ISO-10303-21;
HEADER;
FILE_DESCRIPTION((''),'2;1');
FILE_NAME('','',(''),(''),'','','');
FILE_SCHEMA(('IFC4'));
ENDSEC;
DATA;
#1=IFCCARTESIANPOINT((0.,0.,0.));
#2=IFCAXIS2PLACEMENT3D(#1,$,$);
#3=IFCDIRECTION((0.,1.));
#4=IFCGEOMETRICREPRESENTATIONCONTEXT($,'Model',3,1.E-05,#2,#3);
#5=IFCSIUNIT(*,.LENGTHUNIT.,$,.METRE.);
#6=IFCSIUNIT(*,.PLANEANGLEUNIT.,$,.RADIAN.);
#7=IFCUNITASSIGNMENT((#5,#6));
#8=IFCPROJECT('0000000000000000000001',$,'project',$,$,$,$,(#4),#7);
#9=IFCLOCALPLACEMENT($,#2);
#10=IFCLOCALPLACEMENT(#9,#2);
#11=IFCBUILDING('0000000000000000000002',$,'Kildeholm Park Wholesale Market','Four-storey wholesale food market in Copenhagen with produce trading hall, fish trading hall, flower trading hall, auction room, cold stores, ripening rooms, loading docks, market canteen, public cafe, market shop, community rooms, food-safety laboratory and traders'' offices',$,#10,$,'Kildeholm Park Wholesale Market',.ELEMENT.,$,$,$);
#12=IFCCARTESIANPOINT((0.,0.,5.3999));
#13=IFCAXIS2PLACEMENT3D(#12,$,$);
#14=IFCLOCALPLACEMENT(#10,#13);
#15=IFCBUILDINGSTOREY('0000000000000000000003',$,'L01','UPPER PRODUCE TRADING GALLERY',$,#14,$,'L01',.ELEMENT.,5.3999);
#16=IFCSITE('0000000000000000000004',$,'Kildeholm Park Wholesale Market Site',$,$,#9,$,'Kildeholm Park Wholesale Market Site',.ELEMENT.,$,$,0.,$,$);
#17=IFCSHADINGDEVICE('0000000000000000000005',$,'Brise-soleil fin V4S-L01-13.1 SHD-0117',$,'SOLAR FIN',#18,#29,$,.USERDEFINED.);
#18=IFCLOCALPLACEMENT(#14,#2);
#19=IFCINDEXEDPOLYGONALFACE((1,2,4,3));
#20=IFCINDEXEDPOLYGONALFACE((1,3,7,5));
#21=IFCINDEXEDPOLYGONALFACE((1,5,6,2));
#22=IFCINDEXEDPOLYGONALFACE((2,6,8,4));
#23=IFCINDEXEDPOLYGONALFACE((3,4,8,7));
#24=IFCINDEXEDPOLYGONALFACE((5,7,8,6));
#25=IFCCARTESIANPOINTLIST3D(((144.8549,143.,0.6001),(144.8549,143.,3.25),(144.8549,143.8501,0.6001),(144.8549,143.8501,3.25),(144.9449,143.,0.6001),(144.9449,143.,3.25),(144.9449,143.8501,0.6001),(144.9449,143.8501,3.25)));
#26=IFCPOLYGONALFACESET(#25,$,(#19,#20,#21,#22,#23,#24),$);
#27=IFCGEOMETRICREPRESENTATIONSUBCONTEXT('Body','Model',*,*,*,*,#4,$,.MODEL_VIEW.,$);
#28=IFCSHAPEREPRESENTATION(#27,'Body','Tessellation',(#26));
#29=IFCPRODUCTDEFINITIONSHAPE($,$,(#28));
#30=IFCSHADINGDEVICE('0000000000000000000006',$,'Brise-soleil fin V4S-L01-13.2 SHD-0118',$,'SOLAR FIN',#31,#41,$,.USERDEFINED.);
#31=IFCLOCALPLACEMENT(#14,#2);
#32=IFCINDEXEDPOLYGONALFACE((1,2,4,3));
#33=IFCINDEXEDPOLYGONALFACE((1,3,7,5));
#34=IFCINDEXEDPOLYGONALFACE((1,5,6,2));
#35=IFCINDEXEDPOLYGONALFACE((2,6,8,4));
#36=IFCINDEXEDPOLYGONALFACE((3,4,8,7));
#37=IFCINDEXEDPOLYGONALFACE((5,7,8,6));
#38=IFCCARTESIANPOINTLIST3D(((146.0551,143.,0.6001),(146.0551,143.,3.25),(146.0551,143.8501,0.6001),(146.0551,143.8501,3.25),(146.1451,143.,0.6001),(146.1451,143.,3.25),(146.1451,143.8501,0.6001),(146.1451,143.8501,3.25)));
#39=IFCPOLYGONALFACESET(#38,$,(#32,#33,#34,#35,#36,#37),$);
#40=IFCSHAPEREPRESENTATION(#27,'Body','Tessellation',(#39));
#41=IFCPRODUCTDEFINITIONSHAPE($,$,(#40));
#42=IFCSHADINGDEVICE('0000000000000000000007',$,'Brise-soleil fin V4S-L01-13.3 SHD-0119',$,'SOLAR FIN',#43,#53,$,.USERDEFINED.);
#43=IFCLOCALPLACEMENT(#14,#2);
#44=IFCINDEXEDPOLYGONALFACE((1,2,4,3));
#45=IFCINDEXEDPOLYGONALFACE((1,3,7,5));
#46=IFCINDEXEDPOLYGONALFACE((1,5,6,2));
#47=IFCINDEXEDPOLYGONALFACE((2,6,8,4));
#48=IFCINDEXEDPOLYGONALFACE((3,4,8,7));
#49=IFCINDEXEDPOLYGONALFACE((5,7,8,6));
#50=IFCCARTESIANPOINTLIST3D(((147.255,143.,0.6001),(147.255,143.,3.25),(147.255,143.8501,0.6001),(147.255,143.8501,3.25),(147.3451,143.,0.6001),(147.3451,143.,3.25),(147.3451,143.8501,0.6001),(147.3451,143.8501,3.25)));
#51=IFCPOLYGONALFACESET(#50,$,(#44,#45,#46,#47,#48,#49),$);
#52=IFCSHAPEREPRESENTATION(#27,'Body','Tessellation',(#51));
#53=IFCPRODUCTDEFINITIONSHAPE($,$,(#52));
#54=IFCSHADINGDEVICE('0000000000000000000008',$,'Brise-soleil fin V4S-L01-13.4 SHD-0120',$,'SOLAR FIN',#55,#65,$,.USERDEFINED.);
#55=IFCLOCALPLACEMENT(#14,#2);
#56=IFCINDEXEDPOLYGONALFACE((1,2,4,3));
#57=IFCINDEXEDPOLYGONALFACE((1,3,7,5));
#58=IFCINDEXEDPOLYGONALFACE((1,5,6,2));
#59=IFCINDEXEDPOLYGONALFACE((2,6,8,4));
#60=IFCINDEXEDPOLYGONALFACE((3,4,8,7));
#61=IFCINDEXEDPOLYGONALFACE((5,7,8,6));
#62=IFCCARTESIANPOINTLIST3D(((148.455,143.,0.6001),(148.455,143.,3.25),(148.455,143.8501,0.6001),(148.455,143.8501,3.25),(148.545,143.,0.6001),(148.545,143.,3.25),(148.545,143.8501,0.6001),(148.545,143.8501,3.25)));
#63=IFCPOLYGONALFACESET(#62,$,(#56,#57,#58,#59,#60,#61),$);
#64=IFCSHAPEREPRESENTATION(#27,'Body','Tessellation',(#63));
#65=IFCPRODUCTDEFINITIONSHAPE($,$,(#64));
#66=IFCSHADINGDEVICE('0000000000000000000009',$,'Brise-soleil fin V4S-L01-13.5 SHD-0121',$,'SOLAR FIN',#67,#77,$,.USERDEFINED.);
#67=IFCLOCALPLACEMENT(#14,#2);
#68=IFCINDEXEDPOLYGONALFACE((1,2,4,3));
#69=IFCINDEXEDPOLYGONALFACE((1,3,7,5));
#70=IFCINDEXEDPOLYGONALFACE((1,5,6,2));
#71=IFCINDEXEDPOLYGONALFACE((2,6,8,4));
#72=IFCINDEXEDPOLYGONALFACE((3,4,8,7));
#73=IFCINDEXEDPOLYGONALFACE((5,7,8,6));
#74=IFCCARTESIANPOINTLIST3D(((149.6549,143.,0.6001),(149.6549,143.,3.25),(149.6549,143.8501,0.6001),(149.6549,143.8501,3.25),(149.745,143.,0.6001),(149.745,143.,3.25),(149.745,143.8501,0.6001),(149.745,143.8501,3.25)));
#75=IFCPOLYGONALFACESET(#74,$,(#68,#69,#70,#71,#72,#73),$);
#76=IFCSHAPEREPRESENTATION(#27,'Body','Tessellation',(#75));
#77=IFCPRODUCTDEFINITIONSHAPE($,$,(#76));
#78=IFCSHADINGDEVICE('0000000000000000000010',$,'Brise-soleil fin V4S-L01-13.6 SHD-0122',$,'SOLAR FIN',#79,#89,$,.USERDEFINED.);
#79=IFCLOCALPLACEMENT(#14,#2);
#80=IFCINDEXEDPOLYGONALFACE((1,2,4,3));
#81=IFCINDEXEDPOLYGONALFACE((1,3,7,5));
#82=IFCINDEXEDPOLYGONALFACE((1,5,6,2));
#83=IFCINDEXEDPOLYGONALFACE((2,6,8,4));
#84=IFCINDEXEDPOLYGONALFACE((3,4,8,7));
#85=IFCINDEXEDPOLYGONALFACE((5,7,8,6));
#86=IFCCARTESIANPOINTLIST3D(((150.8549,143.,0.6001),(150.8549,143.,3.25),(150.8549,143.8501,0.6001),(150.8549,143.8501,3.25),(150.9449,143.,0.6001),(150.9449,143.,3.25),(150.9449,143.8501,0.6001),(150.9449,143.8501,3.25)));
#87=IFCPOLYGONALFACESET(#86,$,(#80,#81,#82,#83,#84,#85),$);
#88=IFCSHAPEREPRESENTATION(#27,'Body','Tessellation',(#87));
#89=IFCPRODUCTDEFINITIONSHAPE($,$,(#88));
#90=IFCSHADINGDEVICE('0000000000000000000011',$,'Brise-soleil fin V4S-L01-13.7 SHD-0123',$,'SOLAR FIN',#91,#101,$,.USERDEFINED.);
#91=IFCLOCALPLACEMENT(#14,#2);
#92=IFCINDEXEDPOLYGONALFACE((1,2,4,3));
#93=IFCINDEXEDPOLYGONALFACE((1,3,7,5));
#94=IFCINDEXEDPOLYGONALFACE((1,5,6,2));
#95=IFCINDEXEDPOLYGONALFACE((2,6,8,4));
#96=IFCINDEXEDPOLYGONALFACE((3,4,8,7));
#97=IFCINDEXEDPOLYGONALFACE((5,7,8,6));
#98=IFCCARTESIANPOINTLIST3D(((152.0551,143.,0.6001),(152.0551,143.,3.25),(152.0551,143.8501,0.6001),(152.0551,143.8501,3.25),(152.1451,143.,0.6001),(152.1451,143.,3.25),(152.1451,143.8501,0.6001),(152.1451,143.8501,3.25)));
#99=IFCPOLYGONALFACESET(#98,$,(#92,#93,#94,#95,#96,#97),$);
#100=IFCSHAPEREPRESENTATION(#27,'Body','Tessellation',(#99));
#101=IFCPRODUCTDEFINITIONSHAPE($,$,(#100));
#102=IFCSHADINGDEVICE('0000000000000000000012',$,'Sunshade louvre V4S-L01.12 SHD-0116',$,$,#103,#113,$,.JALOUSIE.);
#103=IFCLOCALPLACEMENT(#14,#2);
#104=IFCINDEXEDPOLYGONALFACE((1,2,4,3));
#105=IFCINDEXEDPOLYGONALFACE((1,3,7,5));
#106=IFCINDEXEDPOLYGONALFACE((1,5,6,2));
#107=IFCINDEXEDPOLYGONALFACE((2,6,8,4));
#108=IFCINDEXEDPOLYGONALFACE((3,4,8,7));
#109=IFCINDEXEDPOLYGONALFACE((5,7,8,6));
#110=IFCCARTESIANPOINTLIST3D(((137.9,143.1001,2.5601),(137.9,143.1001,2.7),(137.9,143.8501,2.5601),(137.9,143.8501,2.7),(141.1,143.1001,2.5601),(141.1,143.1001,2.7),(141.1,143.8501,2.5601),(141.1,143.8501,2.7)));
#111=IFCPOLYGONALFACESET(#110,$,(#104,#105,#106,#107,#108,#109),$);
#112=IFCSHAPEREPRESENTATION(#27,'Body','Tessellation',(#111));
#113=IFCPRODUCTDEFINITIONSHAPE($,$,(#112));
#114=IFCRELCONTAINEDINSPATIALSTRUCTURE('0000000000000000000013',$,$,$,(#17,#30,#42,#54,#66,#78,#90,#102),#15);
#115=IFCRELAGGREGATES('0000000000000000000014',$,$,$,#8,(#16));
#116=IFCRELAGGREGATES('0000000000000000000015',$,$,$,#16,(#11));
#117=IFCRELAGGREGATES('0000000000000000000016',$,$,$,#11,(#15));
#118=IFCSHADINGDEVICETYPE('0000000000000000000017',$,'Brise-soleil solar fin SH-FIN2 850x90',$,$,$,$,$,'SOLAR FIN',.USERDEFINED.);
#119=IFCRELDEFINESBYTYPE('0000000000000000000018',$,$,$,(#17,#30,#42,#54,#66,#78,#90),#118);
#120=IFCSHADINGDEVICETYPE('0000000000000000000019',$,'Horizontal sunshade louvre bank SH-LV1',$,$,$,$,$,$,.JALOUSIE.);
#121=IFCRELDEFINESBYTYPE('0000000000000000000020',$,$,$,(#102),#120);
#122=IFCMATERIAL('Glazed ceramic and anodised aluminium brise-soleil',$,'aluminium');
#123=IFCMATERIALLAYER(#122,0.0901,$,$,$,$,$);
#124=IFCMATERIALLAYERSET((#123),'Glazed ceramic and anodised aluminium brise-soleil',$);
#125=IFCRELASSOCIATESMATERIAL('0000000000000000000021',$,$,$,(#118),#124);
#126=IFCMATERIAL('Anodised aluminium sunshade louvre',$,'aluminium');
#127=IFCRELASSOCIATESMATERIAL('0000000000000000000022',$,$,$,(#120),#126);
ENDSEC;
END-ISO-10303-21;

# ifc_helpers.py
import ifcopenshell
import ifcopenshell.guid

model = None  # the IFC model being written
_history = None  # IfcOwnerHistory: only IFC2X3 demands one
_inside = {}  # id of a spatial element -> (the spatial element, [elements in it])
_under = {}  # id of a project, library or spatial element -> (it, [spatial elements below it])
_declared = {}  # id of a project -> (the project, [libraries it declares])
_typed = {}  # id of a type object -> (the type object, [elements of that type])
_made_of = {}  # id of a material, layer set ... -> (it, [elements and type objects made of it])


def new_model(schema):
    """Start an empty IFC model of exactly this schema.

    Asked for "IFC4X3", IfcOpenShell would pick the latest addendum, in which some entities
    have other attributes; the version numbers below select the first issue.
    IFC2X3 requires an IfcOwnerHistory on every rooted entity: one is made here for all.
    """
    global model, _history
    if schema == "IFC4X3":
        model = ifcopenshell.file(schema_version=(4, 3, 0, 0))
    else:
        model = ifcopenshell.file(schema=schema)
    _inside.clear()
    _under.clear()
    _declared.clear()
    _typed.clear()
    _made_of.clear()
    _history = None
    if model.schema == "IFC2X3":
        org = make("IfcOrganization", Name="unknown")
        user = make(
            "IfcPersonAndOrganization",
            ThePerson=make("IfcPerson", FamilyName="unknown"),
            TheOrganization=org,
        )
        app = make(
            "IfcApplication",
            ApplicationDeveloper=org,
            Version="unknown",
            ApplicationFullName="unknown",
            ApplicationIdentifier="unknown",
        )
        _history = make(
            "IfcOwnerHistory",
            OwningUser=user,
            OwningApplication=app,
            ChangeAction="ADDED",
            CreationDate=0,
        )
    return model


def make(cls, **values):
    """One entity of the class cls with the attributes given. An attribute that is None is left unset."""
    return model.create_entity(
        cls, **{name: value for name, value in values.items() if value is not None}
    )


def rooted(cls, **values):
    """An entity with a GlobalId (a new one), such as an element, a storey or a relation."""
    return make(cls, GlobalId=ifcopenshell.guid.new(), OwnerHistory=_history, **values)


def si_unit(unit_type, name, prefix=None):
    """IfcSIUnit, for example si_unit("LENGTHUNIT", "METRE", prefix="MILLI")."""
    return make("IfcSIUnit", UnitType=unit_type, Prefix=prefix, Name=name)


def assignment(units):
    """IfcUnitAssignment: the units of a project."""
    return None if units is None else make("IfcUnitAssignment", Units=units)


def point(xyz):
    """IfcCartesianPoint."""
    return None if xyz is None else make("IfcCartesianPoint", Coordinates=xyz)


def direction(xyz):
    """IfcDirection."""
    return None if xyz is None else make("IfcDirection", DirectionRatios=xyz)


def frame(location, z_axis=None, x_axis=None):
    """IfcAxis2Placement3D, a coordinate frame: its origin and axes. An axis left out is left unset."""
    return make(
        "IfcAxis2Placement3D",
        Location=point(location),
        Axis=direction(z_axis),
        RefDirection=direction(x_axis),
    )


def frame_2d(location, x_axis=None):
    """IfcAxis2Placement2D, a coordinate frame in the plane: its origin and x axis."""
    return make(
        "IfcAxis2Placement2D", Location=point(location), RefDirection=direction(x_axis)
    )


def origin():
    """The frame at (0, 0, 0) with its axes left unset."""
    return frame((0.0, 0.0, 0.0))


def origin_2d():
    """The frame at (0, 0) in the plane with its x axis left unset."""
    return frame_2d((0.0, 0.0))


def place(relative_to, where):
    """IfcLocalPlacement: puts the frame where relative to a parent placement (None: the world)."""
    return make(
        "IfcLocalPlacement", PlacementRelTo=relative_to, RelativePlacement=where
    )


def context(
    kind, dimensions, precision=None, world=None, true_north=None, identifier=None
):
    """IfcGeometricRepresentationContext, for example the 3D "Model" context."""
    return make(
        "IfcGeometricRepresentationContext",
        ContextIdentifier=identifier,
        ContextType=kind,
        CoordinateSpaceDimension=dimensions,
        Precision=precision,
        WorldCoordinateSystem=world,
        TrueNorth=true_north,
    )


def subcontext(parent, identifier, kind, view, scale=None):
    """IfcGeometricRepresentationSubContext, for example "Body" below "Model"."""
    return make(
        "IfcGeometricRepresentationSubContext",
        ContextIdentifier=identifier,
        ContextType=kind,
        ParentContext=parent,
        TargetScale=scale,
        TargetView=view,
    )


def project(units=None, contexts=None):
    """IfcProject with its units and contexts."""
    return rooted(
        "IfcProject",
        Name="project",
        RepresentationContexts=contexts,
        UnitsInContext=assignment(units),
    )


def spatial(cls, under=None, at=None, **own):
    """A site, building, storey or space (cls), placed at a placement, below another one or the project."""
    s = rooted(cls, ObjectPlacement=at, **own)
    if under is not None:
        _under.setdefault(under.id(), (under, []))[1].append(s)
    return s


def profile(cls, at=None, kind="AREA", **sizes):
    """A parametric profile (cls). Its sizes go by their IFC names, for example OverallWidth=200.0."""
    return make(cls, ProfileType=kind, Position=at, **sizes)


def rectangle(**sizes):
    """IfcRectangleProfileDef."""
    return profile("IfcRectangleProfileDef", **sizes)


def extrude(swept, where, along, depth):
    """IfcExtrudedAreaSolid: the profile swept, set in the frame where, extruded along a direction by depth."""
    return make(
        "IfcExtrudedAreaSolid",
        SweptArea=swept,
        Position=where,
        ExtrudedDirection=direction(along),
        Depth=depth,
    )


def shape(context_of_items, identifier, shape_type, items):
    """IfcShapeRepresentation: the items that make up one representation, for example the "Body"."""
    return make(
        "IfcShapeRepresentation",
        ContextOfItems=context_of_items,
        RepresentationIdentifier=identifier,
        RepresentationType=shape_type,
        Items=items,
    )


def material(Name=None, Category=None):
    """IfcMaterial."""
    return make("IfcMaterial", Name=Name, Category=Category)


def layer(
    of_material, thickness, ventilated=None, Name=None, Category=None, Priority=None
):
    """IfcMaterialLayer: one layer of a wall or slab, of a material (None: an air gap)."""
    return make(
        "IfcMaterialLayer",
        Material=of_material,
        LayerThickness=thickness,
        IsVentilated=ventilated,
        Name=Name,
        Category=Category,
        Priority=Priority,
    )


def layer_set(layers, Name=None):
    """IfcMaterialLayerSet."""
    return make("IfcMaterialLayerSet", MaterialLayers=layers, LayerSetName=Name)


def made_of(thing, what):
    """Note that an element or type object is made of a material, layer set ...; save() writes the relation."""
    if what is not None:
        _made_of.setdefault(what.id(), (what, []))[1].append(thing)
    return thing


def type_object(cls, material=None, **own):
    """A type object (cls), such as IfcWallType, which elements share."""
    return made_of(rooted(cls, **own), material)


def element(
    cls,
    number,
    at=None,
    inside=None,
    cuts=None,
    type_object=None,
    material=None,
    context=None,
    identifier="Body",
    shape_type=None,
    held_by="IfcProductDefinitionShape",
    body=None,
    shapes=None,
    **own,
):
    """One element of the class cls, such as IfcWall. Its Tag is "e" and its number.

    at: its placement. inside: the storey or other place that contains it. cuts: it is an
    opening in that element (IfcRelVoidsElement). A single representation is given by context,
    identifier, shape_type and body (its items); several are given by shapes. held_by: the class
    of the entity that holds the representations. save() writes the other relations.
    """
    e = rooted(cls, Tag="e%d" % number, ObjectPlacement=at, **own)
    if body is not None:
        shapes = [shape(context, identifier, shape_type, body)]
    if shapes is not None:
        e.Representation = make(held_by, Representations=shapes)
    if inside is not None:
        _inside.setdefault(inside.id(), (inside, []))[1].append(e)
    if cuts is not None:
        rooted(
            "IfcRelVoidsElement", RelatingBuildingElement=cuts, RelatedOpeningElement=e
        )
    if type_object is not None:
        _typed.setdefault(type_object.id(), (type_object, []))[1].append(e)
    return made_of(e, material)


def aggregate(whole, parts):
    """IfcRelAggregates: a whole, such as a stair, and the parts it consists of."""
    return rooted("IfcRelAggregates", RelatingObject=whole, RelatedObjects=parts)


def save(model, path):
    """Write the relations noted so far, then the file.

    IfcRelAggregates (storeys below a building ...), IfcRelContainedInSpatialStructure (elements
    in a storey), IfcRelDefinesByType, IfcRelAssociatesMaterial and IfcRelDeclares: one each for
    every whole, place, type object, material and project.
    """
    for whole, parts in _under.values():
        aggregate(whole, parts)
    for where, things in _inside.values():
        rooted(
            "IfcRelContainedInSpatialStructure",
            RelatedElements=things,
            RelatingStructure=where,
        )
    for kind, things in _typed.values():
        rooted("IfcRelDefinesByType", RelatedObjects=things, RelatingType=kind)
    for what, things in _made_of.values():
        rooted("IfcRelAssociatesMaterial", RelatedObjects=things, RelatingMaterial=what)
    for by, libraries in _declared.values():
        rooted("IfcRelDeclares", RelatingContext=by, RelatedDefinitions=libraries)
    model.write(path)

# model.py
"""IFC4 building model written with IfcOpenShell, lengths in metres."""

from ifc_helpers import new_model, si_unit, direction, frame, origin, origin_2d, place, context, subcontext, project, spatial, rectangle, extrude, material, layer, layer_set, type_object, element, save


model = new_model("IFC4")

# Units and contexts
model_context = context("Model", 3, precision=1e-05, world=origin(), true_north=direction((0.0, 1.0)))
body_context = subcontext(model_context, "Body", "Model", "MODEL_VIEW")
ifc_project = project(units=[si_unit("LENGTHUNIT", "METRE"), si_unit("PLANEANGLEUNIT", "RADIAN")], contexts=[model_context])

# Site, building, storey
site_placement = place(None, origin())
site = spatial("IfcSite", under=ifc_project, at=site_placement, Name="Kildeholm Park Wholesale Market Site", LongName="Kildeholm Park Wholesale Market Site", CompositionType="ELEMENT", RefElevation=0.0)
building_placement = place(site_placement, origin())
building = spatial("IfcBuilding", under=site, at=building_placement, Name="Kildeholm Park Wholesale Market", Description="Four-storey wholesale food market in Copenhagen with produce trading hall, fish trading hall, flower trading hall, auction room, cold stores, ripening rooms, loading docks, market canteen, public cafe, market shop, community rooms, food-safety laboratory and traders' offices", LongName="Kildeholm Park Wholesale Market", CompositionType="ELEMENT")
storey_placement = place(building_placement, frame((0.0, 0.0, 5.3999)))
storey = spatial("IfcBuildingStorey", under=building, at=storey_placement, Name="L01", Description="UPPER PRODUCE TRADING GALLERY", LongName="L01", CompositionType="ELEMENT", Elevation=5.3999)

# Shading devices
ifc_material_1 = material(Name="Glazed ceramic and anodised aluminium brise-soleil", Category="aluminium")
ifc_layer_1 = layer(ifc_material_1, 0.0901)
ifc_layer_set_1 = layer_set([ifc_layer_1], Name="Glazed ceramic and anodised aluminium brise-soleil")
shading_device_type_1 = type_object("IfcShadingDeviceType", Name="Brise-soleil solar fin SH-FIN2 850x90", ElementType="SOLAR FIN", PredefinedType="USERDEFINED", material=ifc_layer_set_1)
for number, where, z_axis, x_axis, name in (
    (1, (144.8999, 143.425, 0.6001), (0.0, 0.0, 1.0), (0.0, -1.0, 0.0), "Brise-soleil fin V4S-L01-13.1 SHD-0117"),
    (2, (146.1001, 143.425, 0.6001), (0.0, 0.0, 1.0), (0.0, -1.0, 0.0), "Brise-soleil fin V4S-L01-13.2 SHD-0118"),
    (3, (147.3, 143.425, 0.6001), (0.0, 0.0, 1.0), (0.0, -1.0, 0.0), "Brise-soleil fin V4S-L01-13.3 SHD-0119"),
    (4, (148.5, 143.425, 0.6001), (0.0, 0.0, 1.0), (0.0, -1.0, 0.0), "Brise-soleil fin V4S-L01-13.4 SHD-0120"),
    (5, (149.7, 143.425, 0.6001), (0.0, 0.0, 1.0), (0.0, -1.0, 0.0), "Brise-soleil fin V4S-L01-13.5 SHD-0121"),
    (6, (150.8999, 143.425, 0.6001), (0.0, 0.0, 1.0), (0.0, -1.0, 0.0), "Brise-soleil fin V4S-L01-13.6 SHD-0122"),
    (7, (152.1001, 143.425, 0.6001), (0.0, 0.0, 1.0), (0.0, -1.0, 0.0), "Brise-soleil fin V4S-L01-13.7 SHD-0123"),
):
    element("IfcShadingDevice", number, at=place(storey_placement, frame(where, z_axis=z_axis, x_axis=x_axis)), inside=storey, type_object=shading_device_type_1, Name=name, ObjectType="SOLAR FIN", PredefinedType="USERDEFINED", context=body_context, shape_type="SweptSolid", body=[
        extrude(rectangle(XDim=0.8501, YDim=0.0901, at=origin_2d()), origin(), (0.0, 0.0, 1.0), 2.6499),
    ])
ifc_material_2 = material(Name="Anodised aluminium sunshade louvre", Category="aluminium")
shading_device_type_2 = type_object("IfcShadingDeviceType", Name="Horizontal sunshade louvre bank SH-LV1", PredefinedType="JALOUSIE", material=ifc_material_2)
shading_device_placement = place(storey_placement, frame((139.5, 143.4751, 2.5601), z_axis=(0.0, 0.0, 1.0), x_axis=(1.0, 0.0, 0.0)))
element("IfcShadingDevice", 8, at=shading_device_placement, inside=storey, type_object=shading_device_type_2, Name="Sunshade louvre V4S-L01.12 SHD-0116", PredefinedType="JALOUSIE", context=body_context, shape_type="SweptSolid", body=[
    extrude(rectangle(XDim=3.2, YDim=0.75, at=origin_2d()), origin(), (0.0, 0.0, 1.0), 0.1399),
])

save(model, "model.ifc")
